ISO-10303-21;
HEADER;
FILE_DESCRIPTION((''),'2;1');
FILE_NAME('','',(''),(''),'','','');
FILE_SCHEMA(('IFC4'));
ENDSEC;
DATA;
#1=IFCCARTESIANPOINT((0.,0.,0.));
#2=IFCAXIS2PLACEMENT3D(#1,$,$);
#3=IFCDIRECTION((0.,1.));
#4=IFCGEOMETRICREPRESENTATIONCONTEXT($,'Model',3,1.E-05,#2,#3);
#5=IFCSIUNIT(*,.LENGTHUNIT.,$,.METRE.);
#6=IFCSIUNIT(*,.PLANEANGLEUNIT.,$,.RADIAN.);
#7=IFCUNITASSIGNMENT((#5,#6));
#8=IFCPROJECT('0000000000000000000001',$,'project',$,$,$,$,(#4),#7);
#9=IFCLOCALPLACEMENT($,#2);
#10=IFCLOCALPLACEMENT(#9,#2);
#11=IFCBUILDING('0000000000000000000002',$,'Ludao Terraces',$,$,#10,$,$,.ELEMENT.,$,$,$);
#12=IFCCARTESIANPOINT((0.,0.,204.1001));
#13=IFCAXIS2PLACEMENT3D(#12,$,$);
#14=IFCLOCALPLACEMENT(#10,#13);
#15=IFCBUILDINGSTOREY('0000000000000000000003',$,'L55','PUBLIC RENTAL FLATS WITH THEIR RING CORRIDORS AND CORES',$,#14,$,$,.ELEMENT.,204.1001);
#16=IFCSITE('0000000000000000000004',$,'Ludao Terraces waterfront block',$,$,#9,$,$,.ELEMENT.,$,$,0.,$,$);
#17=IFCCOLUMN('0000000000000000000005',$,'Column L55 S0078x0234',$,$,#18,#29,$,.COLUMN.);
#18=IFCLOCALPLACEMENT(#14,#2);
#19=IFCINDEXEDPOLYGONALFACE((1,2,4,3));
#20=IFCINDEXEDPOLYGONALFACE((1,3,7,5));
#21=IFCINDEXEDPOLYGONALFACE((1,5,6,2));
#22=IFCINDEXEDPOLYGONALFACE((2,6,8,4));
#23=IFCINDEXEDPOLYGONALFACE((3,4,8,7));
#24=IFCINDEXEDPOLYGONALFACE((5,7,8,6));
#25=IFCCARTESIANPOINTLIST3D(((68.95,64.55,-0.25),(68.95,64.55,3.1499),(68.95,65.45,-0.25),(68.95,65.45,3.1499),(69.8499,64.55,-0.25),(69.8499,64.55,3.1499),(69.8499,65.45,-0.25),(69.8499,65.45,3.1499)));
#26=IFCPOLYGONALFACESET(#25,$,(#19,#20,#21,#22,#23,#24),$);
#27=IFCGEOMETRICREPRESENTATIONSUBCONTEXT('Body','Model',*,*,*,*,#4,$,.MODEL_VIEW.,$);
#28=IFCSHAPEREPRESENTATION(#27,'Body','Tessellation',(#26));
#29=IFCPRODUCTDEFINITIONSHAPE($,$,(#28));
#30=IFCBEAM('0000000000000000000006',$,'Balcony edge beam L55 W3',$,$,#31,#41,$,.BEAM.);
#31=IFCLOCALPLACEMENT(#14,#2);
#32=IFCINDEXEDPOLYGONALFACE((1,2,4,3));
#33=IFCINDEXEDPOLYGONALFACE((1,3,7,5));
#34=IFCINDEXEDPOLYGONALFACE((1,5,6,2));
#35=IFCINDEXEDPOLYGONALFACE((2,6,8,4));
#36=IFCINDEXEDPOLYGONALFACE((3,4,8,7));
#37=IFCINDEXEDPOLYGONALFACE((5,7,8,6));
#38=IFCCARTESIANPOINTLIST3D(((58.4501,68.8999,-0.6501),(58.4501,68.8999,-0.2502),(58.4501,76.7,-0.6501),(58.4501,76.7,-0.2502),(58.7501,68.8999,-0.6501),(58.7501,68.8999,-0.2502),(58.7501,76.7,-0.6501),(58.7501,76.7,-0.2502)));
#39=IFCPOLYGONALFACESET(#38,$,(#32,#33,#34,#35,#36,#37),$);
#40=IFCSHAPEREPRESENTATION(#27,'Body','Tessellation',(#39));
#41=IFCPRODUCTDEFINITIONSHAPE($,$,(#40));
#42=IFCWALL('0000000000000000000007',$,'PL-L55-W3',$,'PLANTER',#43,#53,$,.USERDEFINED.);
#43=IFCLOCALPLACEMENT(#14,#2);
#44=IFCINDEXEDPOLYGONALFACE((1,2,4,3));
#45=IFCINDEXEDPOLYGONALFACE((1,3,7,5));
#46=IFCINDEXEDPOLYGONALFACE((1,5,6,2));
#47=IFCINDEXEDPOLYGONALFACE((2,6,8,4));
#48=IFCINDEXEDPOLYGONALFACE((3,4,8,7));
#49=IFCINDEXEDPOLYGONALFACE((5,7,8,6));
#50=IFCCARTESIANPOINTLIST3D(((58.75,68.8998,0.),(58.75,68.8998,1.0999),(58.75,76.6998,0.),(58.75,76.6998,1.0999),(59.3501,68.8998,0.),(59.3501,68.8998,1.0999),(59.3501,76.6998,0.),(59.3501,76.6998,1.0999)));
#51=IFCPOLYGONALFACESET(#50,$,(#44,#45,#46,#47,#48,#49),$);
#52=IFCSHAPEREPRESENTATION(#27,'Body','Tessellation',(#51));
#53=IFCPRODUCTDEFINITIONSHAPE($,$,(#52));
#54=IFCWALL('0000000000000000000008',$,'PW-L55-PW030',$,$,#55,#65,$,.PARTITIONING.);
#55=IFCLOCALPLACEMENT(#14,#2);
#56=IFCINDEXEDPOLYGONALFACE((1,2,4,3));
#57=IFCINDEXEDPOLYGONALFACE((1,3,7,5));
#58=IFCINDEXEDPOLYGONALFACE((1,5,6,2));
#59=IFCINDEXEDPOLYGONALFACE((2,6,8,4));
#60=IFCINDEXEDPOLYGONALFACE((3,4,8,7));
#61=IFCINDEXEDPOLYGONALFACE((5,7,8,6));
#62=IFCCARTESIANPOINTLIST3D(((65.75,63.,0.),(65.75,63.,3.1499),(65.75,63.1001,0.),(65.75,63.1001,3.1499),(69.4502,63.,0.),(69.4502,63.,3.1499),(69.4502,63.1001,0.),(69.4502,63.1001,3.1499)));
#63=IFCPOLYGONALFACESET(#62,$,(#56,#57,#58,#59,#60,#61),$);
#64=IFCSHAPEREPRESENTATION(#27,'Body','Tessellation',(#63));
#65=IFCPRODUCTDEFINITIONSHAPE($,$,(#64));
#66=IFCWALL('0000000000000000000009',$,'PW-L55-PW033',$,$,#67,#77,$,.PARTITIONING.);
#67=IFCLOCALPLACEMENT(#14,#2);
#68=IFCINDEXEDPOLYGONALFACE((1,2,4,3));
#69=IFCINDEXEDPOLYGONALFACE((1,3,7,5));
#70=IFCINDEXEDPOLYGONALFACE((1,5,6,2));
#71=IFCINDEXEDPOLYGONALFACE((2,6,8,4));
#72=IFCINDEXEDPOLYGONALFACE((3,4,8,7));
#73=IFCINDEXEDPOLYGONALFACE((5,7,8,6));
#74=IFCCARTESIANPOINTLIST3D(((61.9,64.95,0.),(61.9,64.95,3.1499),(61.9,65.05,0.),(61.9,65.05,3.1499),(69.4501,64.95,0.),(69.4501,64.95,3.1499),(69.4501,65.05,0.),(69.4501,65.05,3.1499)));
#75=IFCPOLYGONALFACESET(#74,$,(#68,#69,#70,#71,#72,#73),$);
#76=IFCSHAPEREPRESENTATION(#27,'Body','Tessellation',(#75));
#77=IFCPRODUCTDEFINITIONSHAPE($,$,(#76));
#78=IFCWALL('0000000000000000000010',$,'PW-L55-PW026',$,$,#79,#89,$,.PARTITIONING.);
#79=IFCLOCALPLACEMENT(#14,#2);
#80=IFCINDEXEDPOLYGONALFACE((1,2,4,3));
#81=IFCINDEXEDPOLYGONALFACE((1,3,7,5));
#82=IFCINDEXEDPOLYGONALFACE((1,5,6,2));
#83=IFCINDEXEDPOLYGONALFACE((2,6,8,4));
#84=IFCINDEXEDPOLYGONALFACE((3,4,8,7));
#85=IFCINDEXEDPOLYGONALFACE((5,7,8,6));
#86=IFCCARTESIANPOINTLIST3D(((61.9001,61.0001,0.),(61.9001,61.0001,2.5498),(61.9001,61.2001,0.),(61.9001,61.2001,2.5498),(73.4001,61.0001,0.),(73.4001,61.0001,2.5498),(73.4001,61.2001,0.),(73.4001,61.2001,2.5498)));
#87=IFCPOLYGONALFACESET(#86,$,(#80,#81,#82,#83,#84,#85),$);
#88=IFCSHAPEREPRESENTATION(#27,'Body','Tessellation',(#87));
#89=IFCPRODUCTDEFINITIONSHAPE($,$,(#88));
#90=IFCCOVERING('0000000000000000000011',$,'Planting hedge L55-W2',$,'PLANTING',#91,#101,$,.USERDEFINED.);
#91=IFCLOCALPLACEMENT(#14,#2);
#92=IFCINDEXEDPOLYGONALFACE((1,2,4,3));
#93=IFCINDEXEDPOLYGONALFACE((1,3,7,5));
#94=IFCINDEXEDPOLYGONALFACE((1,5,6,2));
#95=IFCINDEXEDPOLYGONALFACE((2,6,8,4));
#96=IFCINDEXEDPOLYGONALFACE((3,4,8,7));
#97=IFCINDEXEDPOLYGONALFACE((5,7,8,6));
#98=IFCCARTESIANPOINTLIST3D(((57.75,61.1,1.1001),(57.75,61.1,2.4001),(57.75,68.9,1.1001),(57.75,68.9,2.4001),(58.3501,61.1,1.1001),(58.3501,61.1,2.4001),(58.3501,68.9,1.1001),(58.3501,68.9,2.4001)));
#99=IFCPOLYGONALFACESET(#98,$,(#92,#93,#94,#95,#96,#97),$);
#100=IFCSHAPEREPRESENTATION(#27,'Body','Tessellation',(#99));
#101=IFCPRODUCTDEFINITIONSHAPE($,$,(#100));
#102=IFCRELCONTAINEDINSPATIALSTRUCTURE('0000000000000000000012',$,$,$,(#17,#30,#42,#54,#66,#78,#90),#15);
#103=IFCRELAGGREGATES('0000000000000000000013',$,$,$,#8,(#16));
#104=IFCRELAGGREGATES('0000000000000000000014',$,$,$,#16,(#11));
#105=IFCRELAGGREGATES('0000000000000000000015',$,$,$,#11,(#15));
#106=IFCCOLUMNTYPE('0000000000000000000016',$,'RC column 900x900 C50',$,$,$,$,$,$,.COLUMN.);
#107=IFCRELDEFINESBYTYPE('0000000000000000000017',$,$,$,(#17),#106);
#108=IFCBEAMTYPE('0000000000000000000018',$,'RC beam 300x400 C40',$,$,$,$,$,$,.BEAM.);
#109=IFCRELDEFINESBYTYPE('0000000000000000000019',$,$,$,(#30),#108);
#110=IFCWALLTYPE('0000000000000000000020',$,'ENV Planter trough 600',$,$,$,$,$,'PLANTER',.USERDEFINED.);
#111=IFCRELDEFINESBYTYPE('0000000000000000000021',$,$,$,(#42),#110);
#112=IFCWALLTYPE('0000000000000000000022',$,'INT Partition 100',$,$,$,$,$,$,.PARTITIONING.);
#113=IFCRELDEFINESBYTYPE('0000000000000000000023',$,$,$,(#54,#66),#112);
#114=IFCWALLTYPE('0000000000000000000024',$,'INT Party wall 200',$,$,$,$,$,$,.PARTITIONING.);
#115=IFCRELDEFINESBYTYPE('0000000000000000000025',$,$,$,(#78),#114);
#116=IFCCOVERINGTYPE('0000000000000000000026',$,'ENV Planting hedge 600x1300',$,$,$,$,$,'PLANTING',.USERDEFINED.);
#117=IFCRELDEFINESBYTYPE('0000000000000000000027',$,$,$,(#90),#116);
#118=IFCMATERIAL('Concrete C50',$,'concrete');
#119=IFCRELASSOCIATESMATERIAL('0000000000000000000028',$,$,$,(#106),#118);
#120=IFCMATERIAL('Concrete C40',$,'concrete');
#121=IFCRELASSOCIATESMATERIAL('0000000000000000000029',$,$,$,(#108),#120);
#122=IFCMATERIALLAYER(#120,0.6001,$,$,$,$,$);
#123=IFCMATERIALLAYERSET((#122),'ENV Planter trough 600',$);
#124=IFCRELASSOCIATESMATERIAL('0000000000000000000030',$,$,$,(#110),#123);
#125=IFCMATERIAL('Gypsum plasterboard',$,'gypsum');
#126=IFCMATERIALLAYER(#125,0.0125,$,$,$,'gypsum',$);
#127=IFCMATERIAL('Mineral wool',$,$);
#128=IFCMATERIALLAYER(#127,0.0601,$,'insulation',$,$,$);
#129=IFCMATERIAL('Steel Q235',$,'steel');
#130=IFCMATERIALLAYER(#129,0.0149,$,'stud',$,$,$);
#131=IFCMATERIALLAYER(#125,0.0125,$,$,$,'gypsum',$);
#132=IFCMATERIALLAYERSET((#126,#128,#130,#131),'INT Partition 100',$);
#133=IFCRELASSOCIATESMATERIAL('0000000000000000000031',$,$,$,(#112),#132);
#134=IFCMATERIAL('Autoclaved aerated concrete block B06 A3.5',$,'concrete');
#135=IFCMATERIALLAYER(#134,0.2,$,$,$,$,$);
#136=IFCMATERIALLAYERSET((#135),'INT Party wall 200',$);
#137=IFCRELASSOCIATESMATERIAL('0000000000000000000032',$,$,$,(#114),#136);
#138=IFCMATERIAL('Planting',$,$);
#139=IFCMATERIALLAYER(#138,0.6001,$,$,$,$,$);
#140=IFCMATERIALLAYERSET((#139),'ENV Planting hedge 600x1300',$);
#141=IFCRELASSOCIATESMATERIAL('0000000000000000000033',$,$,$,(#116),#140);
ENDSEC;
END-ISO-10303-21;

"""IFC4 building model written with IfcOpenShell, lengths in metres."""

from ifc_helpers import new_model, si_unit, direction, frame, frame_2d, origin, origin_2d, place, context, subcontext, project, spatial, rectangle, extrude, material, layer, layer_set, material_profile, profile_set, type_object, element, save


model = new_model("IFC4")

# Units and contexts
model_context = context("Model", 3, precision=1e-05, world=origin(), true_north=direction((0.0, 1.0)))
body_context = subcontext(model_context, "Body", "Model", "MODEL_VIEW")
ifc_project = project(units=[si_unit("LENGTHUNIT", "METRE"), si_unit("PLANEANGLEUNIT", "RADIAN")], contexts=[model_context])

# Site, building, storey
site_placement = place(None, origin())
site = spatial("IfcSite", under=ifc_project, at=site_placement, Name="Ludao Terraces waterfront block", CompositionType="ELEMENT", RefElevation=0.0)
building_placement = place(site_placement, origin())
building = spatial("IfcBuilding", under=site, at=building_placement, Name="Ludao Terraces", CompositionType="ELEMENT")
storey_placement = place(building_placement, frame((0.0, 0.0, 204.1001)))
storey = spatial("IfcBuildingStorey", under=building, at=storey_placement, Name="L55", Description="PUBLIC RENTAL FLATS WITH THEIR RING CORRIDORS AND CORES", CompositionType="ELEMENT", Elevation=204.1001)

# Column
ifc_material_1 = material(Name="Concrete C50", Category="concrete")
ifc_material_profile_1 = material_profile(ifc_material_1, rectangle(XDim=0.8999, YDim=0.8999, at=origin_2d()), Name="900 X 900")
ifc_profile_set_1 = profile_set([ifc_material_profile_1], Name="Concrete C50")
column_type = type_object("IfcColumnType", Name="RC column 900x900 C50", PredefinedType="COLUMN", material=ifc_profile_set_1)
column_placement = place(storey_placement, frame((69.3999, 65.0, -0.25), z_axis=(0.0, 0.0, 1.0), x_axis=(1.0, 0.0, 0.0)))
element("IfcColumn", 1, at=column_placement, inside=storey, type_object=column_type, Name="Column L55 S0078x0234", PredefinedType="COLUMN", context=body_context, shape_type="SweptSolid", body=[
    extrude(rectangle(XDim=0.8999, YDim=0.8999, at=origin_2d()), origin(), (0.0, 0.0, 1.0), 3.3999),
])

# Beam
ifc_material_2 = material(Name="Concrete C40", Category="concrete")
ifc_material_profile_2 = material_profile(ifc_material_2, rectangle(XDim=0.3, YDim=0.3999, at=origin_2d()), Name="300 X 400")
ifc_profile_set_2 = profile_set([ifc_material_profile_2], Name="Concrete C40")
beam_type = type_object("IfcBeamType", Name="RC beam 300x400 C40", PredefinedType="BEAM", material=ifc_profile_set_2)
beam_placement = place(storey_placement, frame((58.6001, 68.8999, -0.4502), z_axis=(0.0, 1.0, 0.0), x_axis=(-1.0, 0.0, 0.0)))
element("IfcBeam", 2, at=beam_placement, inside=storey, type_object=beam_type, Name="Balcony edge beam L55 W3", PredefinedType="BEAM", context=body_context, shape_type="SweptSolid", body=[
    extrude(rectangle(XDim=0.3, YDim=0.3999, at=origin_2d()), origin(), (0.0, 0.0, 1.0), 7.8),
])

# Wall
ifc_layer_1 = layer(ifc_material_2, 0.6001)
ifc_layer_set_1 = layer_set([ifc_layer_1], Name="ENV Planter trough 600")
wall_type_1 = type_object("IfcWallType", Name="ENV Planter trough 600", ElementType="PLANTER", PredefinedType="USERDEFINED", material=ifc_layer_set_1)
wall_1_placement = place(storey_placement, frame((59.05, 68.8999, 0.0), z_axis=(0.0, 0.0, 1.0), x_axis=(0.0, 1.0, 0.0)))
element("IfcWall", 3, at=wall_1_placement, inside=storey, type_object=wall_type_1, Name="PL-L55-W3", ObjectType="PLANTER", PredefinedType="USERDEFINED", context=body_context, shape_type="SweptSolid", body=[
    extrude(rectangle(XDim=7.8, YDim=0.6001, at=frame_2d((3.8999, 0.0))), origin(), (0.0, 0.0, 1.0), 1.0999),
])

# Shared definitions
ifc_material_3 = material(Name="Mineral wool")

# Walls
ifc_material_4 = material(Name="Gypsum plasterboard", Category="gypsum")
ifc_layer_2 = layer(ifc_material_4, 0.0125, Category="gypsum")
ifc_layer_3 = layer(ifc_material_3, 0.0601, Name="insulation")
ifc_material_5 = material(Name="Steel Q235", Category="steel")
ifc_layer_4 = layer(ifc_material_5, 0.0149, Name="stud")
ifc_layer_5 = layer(ifc_material_4, 0.0125, Category="gypsum")
ifc_layer_set_2 = layer_set([ifc_layer_2, ifc_layer_3, ifc_layer_4, ifc_layer_5], Name="INT Partition 100")
wall_type_2 = type_object("IfcWallType", Name="INT Partition 100", PredefinedType="PARTITIONING", material=ifc_layer_set_2)
wall_2_placement = place(storey_placement, frame((65.75, 63.05, 0.0), z_axis=(0.0, 0.0, 1.0), x_axis=(1.0, 0.0, 0.0)))
element("IfcWall", 4, at=wall_2_placement, inside=storey, type_object=wall_type_2, Name="PW-L55-PW030", PredefinedType="PARTITIONING", context=body_context, shape_type="SweptSolid", body=[
    extrude(rectangle(XDim=3.7002, YDim=0.1001, at=frame_2d((1.8501, 0.0))), origin(), (0.0, 0.0, 1.0), 3.1499),
])
wall_3_placement = place(storey_placement, frame((61.9001, 65.0, 0.0), z_axis=(0.0, 0.0, 1.0), x_axis=(1.0, 0.0, 0.0)))
element("IfcWall", 5, at=wall_3_placement, inside=storey, type_object=wall_type_2, Name="PW-L55-PW033", PredefinedType="PARTITIONING", context=body_context, shape_type="SweptSolid", body=[
    extrude(rectangle(XDim=7.55, YDim=0.1001, at=frame_2d((3.7749, 0.0))), origin(), (0.0, 0.0, 1.0), 3.1499),
])

# Wall
ifc_material_6 = material(Name="Autoclaved aerated concrete block B06 A3.5", Category="concrete")
ifc_layer_6 = layer(ifc_material_6, 0.2)
ifc_layer_set_3 = layer_set([ifc_layer_6], Name="INT Party wall 200")
wall_type_3 = type_object("IfcWallType", Name="INT Party wall 200", PredefinedType="PARTITIONING", material=ifc_layer_set_3)
wall_4_placement = place(storey_placement, frame((61.9001, 61.1001, 0.0), z_axis=(0.0, 0.0, 1.0), x_axis=(1.0, 0.0, 0.0)))
element("IfcWall", 6, at=wall_4_placement, inside=storey, type_object=wall_type_3, Name="PW-L55-PW026", PredefinedType="PARTITIONING", context=body_context, shape_type="SweptSolid", body=[
    extrude(rectangle(XDim=11.5, YDim=0.2, at=frame_2d((5.75, 0.0))), origin(), (0.0, 0.0, 1.0), 2.5498),
])

# Covering
ifc_material_7 = material(Name="Planting")
ifc_layer_7 = layer(ifc_material_7, 0.6001)
ifc_layer_set_4 = layer_set([ifc_layer_7], Name="ENV Planting hedge 600x1300")
covering_type = type_object("IfcCoveringType", Name="ENV Planting hedge 600x1300", ElementType="PLANTING", PredefinedType="USERDEFINED", material=ifc_layer_set_4)
covering_placement = place(storey_placement, frame((58.05, 65.0, 1.1001), z_axis=(0.0, 0.0, 1.0), x_axis=(1.0, 0.0, 0.0)))
element("IfcCovering", 7, at=covering_placement, inside=storey, type_object=covering_type, Name="Planting hedge L55-W2", ObjectType="PLANTING", PredefinedType="USERDEFINED", context=body_context, shape_type="SweptSolid", body=[
    extrude(rectangle(XDim=0.6001, YDim=7.8, at=origin_2d()), origin(), (0.0, 0.0, 1.0), 1.3),
])

save(model, "model.ifc")
